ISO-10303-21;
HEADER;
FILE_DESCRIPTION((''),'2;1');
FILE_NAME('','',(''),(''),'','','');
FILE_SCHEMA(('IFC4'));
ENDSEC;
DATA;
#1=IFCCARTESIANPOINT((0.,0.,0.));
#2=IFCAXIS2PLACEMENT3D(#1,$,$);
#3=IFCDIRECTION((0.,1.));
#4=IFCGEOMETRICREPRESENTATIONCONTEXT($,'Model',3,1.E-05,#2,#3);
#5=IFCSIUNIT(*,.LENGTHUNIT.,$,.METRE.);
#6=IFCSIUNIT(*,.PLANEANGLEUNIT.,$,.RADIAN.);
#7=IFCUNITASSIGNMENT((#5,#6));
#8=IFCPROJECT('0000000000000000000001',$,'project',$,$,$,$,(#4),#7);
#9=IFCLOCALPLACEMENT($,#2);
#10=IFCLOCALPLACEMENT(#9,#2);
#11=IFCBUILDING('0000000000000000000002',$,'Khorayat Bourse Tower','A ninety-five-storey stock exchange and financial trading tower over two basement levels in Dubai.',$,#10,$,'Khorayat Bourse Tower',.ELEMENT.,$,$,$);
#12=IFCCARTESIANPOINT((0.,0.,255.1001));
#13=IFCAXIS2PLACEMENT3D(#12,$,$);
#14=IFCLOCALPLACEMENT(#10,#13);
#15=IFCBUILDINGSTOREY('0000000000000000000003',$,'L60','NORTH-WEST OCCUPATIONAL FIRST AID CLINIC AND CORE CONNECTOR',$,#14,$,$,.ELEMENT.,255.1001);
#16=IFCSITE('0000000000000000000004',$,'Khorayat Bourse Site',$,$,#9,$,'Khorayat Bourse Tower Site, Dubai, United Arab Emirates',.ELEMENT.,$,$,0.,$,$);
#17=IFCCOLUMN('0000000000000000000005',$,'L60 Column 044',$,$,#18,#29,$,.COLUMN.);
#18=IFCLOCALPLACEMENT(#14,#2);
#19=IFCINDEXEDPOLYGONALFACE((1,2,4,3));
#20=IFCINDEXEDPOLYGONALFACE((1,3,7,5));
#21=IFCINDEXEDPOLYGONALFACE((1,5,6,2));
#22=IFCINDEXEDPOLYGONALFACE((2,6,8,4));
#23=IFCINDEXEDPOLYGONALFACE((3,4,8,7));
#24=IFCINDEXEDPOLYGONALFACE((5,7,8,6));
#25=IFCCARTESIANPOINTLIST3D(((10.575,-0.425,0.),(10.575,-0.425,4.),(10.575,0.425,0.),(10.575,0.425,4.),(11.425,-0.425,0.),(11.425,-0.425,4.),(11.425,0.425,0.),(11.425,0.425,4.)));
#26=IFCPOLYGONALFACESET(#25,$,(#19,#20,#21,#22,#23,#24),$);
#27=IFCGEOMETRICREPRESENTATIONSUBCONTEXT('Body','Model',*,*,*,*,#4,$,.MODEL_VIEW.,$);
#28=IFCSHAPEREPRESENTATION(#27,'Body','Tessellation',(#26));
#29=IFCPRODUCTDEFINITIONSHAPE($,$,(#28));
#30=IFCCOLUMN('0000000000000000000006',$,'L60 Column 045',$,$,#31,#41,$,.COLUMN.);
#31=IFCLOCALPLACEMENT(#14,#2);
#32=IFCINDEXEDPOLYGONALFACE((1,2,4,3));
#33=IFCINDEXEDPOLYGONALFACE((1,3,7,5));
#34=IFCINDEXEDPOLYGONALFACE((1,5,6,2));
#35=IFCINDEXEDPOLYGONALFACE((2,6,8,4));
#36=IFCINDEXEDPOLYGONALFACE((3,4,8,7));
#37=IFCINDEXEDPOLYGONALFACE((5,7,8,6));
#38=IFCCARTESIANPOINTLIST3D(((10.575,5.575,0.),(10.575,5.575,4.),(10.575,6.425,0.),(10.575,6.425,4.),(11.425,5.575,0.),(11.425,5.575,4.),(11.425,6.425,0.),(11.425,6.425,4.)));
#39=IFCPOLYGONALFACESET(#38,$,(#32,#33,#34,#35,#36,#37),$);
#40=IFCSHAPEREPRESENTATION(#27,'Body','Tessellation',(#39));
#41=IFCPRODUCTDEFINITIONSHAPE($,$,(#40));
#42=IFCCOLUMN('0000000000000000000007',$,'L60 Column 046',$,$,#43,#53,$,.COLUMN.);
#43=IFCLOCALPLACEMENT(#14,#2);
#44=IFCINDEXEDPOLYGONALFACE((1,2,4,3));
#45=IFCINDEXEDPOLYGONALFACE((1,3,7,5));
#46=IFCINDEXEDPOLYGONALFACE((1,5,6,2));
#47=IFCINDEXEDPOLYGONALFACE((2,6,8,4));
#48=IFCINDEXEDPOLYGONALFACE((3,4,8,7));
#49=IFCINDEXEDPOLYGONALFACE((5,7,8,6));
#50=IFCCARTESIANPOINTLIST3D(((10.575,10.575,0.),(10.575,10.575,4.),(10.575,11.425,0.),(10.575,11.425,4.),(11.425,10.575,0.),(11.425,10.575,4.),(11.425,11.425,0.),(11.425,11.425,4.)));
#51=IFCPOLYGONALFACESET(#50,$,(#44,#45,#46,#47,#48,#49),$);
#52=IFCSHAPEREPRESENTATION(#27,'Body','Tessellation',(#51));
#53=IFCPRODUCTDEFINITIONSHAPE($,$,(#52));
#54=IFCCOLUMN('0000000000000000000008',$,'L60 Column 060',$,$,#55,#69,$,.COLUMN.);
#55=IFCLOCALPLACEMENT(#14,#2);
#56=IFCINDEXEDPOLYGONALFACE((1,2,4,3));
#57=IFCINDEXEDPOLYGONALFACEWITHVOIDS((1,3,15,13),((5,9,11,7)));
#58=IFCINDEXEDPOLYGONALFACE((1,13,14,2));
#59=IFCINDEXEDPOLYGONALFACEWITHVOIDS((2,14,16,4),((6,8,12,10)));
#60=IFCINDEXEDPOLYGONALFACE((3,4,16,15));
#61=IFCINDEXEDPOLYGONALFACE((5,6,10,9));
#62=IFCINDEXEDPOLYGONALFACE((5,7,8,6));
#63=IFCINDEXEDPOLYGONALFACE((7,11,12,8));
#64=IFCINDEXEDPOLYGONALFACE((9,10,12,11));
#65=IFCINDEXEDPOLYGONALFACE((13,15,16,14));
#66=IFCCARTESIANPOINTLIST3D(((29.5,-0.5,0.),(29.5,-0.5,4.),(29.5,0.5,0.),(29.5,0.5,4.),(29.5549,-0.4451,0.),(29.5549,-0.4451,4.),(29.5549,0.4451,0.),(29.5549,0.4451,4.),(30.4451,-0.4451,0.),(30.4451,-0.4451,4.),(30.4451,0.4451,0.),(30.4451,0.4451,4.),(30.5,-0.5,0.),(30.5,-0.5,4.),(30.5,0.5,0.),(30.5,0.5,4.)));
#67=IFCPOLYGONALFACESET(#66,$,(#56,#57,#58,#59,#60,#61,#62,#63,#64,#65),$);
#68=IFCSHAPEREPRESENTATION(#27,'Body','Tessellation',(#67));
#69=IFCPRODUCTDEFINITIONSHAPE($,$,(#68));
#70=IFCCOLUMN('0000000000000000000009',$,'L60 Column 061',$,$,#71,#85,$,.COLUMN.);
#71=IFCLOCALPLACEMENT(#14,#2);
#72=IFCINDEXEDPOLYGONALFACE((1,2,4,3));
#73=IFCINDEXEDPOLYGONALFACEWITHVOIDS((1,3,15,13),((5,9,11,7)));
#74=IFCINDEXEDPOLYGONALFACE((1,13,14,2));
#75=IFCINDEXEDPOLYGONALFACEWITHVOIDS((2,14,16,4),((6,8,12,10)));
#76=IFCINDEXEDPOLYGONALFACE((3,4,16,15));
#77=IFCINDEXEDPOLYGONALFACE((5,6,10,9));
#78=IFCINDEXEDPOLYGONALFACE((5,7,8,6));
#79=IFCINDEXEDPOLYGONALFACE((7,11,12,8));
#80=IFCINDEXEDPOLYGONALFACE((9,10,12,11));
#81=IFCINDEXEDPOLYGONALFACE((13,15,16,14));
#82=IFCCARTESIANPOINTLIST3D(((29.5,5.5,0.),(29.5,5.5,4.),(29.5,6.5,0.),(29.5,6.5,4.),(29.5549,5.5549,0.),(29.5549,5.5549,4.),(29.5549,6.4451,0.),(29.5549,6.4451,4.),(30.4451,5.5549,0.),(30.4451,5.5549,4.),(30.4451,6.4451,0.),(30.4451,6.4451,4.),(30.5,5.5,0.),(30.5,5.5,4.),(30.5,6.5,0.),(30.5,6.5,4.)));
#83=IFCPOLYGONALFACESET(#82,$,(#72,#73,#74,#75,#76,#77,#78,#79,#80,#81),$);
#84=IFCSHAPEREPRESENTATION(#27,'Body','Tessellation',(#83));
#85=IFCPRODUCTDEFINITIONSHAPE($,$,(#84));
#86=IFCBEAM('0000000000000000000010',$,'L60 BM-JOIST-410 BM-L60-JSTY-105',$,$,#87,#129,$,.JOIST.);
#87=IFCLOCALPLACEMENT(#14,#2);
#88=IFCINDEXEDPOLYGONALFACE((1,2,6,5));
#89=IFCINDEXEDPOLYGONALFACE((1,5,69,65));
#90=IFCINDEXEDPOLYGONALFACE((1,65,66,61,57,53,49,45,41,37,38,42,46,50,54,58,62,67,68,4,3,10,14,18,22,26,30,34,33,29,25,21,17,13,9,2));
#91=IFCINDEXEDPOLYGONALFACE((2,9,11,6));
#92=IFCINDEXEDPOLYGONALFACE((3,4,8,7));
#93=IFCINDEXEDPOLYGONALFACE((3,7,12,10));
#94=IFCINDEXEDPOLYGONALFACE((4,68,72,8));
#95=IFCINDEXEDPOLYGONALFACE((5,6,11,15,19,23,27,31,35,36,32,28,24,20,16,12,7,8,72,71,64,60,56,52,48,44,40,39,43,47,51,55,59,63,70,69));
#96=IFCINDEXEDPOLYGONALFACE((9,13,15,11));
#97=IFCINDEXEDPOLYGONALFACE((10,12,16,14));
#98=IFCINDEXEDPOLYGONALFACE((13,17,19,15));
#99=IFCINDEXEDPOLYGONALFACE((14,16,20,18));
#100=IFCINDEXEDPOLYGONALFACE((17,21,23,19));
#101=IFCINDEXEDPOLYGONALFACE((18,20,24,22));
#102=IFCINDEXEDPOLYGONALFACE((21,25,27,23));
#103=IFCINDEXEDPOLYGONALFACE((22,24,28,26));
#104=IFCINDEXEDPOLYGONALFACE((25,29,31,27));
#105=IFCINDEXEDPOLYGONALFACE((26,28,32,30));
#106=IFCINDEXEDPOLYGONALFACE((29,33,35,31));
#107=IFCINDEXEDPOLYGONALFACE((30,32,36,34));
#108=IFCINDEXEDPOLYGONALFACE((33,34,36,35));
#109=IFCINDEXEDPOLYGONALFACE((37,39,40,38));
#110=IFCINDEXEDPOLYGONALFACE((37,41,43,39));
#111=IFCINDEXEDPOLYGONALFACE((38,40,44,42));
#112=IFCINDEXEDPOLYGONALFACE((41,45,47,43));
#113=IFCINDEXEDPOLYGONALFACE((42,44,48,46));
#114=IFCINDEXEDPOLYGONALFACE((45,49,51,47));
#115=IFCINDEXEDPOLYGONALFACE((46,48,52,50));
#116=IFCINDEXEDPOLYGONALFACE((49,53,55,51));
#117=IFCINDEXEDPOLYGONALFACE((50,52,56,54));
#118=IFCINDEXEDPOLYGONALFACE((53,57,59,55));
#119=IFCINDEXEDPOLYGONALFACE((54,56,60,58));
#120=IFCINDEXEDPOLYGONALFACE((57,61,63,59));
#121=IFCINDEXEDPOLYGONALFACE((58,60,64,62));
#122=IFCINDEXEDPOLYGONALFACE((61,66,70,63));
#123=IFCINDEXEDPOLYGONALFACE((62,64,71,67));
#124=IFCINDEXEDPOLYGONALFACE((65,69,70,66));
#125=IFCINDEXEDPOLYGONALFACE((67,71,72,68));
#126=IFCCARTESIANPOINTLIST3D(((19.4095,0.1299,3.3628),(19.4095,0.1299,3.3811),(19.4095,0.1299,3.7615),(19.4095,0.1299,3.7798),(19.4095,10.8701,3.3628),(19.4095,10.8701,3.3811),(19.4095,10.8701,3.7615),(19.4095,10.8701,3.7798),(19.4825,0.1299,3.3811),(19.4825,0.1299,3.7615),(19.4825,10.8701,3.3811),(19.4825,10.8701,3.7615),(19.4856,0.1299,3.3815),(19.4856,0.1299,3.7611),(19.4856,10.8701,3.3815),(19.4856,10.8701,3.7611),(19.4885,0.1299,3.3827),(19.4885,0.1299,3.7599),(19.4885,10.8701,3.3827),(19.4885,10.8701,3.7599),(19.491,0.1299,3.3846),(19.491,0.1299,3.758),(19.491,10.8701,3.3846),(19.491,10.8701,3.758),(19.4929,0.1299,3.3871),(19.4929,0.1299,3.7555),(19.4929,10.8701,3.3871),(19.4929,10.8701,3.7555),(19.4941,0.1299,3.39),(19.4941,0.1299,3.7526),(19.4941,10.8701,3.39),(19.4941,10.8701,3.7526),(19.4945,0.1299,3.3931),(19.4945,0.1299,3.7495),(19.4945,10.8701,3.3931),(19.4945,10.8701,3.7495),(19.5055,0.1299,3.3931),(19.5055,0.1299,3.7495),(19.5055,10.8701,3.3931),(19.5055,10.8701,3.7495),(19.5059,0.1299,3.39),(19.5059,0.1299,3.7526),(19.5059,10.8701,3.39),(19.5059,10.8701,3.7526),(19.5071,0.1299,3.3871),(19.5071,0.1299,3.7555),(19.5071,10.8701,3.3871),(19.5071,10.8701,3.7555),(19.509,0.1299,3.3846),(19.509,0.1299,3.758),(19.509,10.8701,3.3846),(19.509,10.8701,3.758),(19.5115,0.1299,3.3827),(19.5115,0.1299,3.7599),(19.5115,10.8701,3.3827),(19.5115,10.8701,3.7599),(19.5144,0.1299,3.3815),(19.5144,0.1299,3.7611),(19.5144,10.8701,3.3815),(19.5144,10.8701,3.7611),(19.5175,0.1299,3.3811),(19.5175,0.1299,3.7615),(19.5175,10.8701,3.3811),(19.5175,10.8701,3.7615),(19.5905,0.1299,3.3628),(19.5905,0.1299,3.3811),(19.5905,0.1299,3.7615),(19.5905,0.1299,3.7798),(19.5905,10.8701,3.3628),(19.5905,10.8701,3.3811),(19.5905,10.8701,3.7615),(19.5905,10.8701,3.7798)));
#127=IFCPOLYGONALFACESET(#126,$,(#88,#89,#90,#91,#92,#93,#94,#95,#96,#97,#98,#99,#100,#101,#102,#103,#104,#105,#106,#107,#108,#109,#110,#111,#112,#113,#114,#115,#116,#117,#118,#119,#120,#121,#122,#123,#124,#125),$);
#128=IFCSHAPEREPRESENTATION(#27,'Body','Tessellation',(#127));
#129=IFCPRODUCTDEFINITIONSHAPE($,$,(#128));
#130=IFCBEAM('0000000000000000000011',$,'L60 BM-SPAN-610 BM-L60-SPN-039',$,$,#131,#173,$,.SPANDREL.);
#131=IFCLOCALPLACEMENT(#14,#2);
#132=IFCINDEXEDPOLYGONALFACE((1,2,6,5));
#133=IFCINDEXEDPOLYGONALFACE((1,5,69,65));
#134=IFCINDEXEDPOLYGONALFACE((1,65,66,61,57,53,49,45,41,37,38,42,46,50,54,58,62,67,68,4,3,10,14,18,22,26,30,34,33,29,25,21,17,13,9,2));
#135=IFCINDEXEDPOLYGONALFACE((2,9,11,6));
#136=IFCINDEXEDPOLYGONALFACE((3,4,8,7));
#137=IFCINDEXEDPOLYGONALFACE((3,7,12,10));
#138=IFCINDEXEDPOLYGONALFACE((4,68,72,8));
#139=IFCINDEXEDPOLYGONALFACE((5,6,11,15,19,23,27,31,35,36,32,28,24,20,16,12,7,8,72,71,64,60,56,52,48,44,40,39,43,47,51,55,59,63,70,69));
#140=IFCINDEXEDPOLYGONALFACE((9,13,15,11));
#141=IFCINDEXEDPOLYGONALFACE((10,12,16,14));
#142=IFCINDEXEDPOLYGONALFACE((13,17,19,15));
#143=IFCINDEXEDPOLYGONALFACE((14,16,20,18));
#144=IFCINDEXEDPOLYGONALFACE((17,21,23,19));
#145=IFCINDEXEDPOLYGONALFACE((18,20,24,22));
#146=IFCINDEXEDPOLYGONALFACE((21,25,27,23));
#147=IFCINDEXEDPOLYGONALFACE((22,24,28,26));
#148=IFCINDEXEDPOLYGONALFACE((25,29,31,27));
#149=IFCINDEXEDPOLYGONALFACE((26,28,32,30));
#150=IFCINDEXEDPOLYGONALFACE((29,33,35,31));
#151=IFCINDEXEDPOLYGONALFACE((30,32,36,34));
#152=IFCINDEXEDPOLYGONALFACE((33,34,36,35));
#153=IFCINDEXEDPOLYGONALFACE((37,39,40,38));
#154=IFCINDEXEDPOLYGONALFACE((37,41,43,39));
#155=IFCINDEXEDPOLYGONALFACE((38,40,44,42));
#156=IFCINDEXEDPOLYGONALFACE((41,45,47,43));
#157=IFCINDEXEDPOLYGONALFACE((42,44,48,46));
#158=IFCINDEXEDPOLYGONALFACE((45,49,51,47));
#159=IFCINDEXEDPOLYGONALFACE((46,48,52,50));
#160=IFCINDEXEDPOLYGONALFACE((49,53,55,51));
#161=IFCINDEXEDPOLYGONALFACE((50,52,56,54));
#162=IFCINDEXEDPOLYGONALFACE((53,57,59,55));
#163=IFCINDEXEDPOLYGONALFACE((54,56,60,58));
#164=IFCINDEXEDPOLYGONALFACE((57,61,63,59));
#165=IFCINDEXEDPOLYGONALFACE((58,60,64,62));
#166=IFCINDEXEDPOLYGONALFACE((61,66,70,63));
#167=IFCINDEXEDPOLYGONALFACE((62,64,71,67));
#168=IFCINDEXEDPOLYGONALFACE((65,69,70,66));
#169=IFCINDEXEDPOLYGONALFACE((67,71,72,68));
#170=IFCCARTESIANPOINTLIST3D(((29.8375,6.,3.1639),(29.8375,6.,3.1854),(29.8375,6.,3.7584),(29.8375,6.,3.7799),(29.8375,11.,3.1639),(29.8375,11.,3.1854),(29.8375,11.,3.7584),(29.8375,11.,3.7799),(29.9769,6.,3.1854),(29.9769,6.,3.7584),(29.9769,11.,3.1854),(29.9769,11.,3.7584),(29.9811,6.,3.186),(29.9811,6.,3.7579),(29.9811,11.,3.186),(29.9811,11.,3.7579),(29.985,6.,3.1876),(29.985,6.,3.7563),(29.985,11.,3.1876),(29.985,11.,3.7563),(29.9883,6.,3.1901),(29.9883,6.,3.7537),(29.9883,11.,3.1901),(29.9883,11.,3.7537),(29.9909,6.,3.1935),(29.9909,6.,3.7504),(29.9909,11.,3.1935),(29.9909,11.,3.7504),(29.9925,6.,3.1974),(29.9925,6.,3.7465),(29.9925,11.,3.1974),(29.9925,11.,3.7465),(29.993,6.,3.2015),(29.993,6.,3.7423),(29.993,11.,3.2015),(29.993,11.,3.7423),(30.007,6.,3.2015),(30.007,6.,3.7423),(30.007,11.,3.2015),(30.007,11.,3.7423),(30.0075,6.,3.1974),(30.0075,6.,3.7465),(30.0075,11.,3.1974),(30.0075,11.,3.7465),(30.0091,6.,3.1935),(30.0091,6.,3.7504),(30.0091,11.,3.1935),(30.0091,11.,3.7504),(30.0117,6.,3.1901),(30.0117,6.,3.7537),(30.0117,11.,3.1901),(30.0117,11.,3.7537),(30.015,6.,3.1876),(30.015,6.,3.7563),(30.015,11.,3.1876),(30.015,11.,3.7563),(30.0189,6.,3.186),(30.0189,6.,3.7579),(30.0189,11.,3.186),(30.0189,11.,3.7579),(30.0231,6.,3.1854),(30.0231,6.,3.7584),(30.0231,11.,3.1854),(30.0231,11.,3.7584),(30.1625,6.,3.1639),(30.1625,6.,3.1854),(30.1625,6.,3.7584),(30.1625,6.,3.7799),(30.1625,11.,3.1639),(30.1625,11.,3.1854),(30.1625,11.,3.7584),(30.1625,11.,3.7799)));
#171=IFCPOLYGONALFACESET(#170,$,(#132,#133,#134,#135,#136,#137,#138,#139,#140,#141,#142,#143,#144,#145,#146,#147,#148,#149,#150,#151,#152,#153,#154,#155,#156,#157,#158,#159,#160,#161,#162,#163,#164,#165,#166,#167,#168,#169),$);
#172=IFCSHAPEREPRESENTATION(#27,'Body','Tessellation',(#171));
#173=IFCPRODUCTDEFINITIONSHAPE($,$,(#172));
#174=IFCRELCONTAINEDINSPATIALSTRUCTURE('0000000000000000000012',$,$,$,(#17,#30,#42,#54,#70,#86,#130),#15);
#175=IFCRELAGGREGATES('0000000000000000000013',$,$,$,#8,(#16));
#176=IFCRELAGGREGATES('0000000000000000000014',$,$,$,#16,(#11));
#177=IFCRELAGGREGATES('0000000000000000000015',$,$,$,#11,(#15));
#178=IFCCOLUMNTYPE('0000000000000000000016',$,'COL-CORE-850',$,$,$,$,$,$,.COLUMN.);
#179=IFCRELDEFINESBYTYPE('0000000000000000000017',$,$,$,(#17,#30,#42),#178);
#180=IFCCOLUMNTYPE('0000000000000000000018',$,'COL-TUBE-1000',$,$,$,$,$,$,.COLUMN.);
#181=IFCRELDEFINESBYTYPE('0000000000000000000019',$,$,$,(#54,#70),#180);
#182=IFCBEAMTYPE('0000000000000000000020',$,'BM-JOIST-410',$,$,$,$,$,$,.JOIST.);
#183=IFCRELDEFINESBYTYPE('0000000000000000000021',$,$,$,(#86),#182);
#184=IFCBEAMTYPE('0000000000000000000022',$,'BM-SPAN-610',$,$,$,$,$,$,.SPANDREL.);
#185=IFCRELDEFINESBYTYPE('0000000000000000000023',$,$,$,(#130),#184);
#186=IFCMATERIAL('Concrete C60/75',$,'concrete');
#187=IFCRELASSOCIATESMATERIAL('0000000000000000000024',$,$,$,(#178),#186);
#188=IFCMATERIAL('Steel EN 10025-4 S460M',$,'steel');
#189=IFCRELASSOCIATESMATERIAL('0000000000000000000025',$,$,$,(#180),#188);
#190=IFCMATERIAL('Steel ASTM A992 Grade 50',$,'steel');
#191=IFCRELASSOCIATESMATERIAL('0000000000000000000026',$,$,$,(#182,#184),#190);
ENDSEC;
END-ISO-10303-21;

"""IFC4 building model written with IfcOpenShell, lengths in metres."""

from ifc_helpers import new_model, si_unit, direction, frame, origin, origin_2d, place, context, subcontext, project, spatial, rectangle, hollow_rectangle, i_section, extrude, source, transform, mapped, material, material_profile, profile_set, type_object, element, save


model = new_model("IFC4")

# Units and contexts
model_context = context("Model", 3, precision=1e-05, world=origin(), true_north=direction((0.0, 1.0)))
body_context = subcontext(model_context, "Body", "Model", "MODEL_VIEW")
ifc_project = project(units=[si_unit("LENGTHUNIT", "METRE"), si_unit("PLANEANGLEUNIT", "RADIAN")], contexts=[model_context])

# Site, building, storey
site_placement = place(None, origin())
site = spatial("IfcSite", under=ifc_project, at=site_placement, Name="Khorayat Bourse Site", LongName="Khorayat Bourse Tower Site, Dubai, United Arab Emirates", CompositionType="ELEMENT", RefElevation=0.0)
building_placement = place(site_placement, origin())
building = spatial("IfcBuilding", under=site, at=building_placement, Name="Khorayat Bourse Tower", Description="A ninety-five-storey stock exchange and financial trading tower over two basement levels in Dubai.", LongName="Khorayat Bourse Tower", CompositionType="ELEMENT")
storey_placement = place(building_placement, frame((0.0, 0.0, 255.1001)))
storey = spatial("IfcBuildingStorey", under=building, at=storey_placement, Name="L60", Description="NORTH-WEST OCCUPATIONAL FIRST AID CLINIC AND CORE CONNECTOR", CompositionType="ELEMENT", Elevation=255.1001)

# Columns
ifc_material_1 = material(Name="Concrete C60/75", Category="concrete")
ifc_material_profile_1 = material_profile(ifc_material_1, rectangle(XDim=0.8501, YDim=0.8501, at=origin_2d()), Name="RC 850x850")
ifc_profile_set_1 = profile_set([ifc_material_profile_1], Name="Concrete C60/75")
column_type_1 = type_object("IfcColumnType", Name="COL-CORE-850", PredefinedType="COLUMN", material=ifc_profile_set_1)
shared_shape_1 = source(origin(), body_context, "Body", "SweptSolid", [
    extrude(rectangle(XDim=0.8501, YDim=0.8501, at=origin_2d()), origin(), (0.0, 0.0, 1.0), 4.0),
])
for number, where, z_axis, x_axis, name in (
    (1, (11.0, 0.0, 0.0), (0.0, 0.0, 1.0), (1.0, 0.0, 0.0), "L60 Column 044"),
    (2, (11.0, 6.0, 0.0), (0.0, 0.0, 1.0), (1.0, 0.0, 0.0), "L60 Column 045"),
    (3, (11.0, 11.0, 0.0), (0.0, 0.0, 1.0), (1.0, 0.0, 0.0), "L60 Column 046"),
):
    element("IfcColumn", number, at=place(storey_placement, frame(where, z_axis=z_axis, x_axis=x_axis)), inside=storey, type_object=column_type_1, Name=name, PredefinedType="COLUMN", context=body_context, shape_type="MappedRepresentation", body=[
        mapped(shared_shape_1, transform((0.0, 0.0, 0.0), scale=1.0)),
    ])
ifc_material_2 = material(Name="Steel EN 10025-4 S460M", Category="steel")
ifc_material_profile_2 = material_profile(ifc_material_2, hollow_rectangle(XDim=1.0, YDim=1.0, WallThickness=0.0549, at=origin_2d()), Name="BOX 1000x1000x55")
ifc_profile_set_2 = profile_set([ifc_material_profile_2], Name="Steel EN 10025-4 S460M")
column_type_2 = type_object("IfcColumnType", Name="COL-TUBE-1000", PredefinedType="COLUMN", material=ifc_profile_set_2)
shared_shape_2 = source(origin(), body_context, "Body", "SweptSolid", [
    extrude(hollow_rectangle(XDim=1.0, YDim=1.0, WallThickness=0.0549, at=origin_2d()), origin(), (0.0, 0.0, 1.0), 4.0),
])
for number, where, z_axis, x_axis, name in (
    (4, (30.0, 0.0, 0.0), (0.0, 0.0, 1.0), (1.0, 0.0, 0.0), "L60 Column 060"),
    (5, (30.0, 6.0, 0.0), (0.0, 0.0, 1.0), (1.0, 0.0, 0.0), "L60 Column 061"),
):
    element("IfcColumn", number, at=place(storey_placement, frame(where, z_axis=z_axis, x_axis=x_axis)), inside=storey, type_object=column_type_2, Name=name, PredefinedType="COLUMN", context=body_context, shape_type="MappedRepresentation", body=[
        mapped(shared_shape_2, transform((0.0, 0.0, 0.0), scale=1.0)),
    ])

# Beams
ifc_material_3 = material(Name="Steel ASTM A992 Grade 50", Category="steel")
ifc_material_profile_3 = material_profile(ifc_material_3, i_section(OverallWidth=0.1809, OverallDepth=0.417, WebThickness=0.011, FlangeThickness=0.0183, FilletRadius=0.012, at=origin_2d()), Name="W410X85")
ifc_profile_set_3 = profile_set([ifc_material_profile_3], Name="Steel ASTM A992 Grade 50")
beam_type_1 = type_object("IfcBeamType", Name="BM-JOIST-410", PredefinedType="JOIST", material=ifc_profile_set_3)
shared_shape_3 = source(origin(), body_context, "Body", "SweptSolid", [
    extrude(i_section(OverallWidth=0.1809, OverallDepth=0.417, WebThickness=0.011, FlangeThickness=0.0183, FilletRadius=0.012, at=origin_2d()), origin(), (0.0, 0.0, 1.0), 10.7402),
])
beam_1_placement = place(storey_placement, frame((19.5, 0.1299, 3.5713), z_axis=(0.0, 1.0, 0.0), x_axis=(-1.0, 0.0, 0.0)))
element("IfcBeam", 6, at=beam_1_placement, inside=storey, type_object=beam_type_1, Name="L60 BM-JOIST-410 BM-L60-JSTY-105", PredefinedType="JOIST", context=body_context, shape_type="MappedRepresentation", body=[
    mapped(shared_shape_3, transform((0.0, 0.0, 0.0), scale=1.0)),
])
ifc_material_profile_4 = material_profile(ifc_material_3, i_section(OverallWidth=0.325, OverallDepth=0.616, WebThickness=0.0139, FlangeThickness=0.0215, FilletRadius=0.0161, at=origin_2d()), Name="W610X174")
ifc_profile_set_4 = profile_set([ifc_material_profile_4], Name="Steel ASTM A992 Grade 50")
beam_type_2 = type_object("IfcBeamType", Name="BM-SPAN-610", PredefinedType="SPANDREL", material=ifc_profile_set_4)
shared_shape_4 = source(origin(), body_context, "Body", "SweptSolid", [
    extrude(i_section(OverallWidth=0.325, OverallDepth=0.616, WebThickness=0.0139, FlangeThickness=0.0215, FilletRadius=0.0161, at=origin_2d()), origin(), (0.0, 0.0, 1.0), 5.0),
])
beam_2_placement = place(storey_placement, frame((30.0, 6.0, 3.4719), z_axis=(0.0, 1.0, 0.0), x_axis=(-1.0, 0.0, 0.0)))
element("IfcBeam", 7, at=beam_2_placement, inside=storey, type_object=beam_type_2, Name="L60 BM-SPAN-610 BM-L60-SPN-039", PredefinedType="SPANDREL", context=body_context, shape_type="MappedRepresentation", body=[
    mapped(shared_shape_4, transform((0.0, 0.0, 0.0), scale=1.0)),
])

save(model, "model.ifc")
